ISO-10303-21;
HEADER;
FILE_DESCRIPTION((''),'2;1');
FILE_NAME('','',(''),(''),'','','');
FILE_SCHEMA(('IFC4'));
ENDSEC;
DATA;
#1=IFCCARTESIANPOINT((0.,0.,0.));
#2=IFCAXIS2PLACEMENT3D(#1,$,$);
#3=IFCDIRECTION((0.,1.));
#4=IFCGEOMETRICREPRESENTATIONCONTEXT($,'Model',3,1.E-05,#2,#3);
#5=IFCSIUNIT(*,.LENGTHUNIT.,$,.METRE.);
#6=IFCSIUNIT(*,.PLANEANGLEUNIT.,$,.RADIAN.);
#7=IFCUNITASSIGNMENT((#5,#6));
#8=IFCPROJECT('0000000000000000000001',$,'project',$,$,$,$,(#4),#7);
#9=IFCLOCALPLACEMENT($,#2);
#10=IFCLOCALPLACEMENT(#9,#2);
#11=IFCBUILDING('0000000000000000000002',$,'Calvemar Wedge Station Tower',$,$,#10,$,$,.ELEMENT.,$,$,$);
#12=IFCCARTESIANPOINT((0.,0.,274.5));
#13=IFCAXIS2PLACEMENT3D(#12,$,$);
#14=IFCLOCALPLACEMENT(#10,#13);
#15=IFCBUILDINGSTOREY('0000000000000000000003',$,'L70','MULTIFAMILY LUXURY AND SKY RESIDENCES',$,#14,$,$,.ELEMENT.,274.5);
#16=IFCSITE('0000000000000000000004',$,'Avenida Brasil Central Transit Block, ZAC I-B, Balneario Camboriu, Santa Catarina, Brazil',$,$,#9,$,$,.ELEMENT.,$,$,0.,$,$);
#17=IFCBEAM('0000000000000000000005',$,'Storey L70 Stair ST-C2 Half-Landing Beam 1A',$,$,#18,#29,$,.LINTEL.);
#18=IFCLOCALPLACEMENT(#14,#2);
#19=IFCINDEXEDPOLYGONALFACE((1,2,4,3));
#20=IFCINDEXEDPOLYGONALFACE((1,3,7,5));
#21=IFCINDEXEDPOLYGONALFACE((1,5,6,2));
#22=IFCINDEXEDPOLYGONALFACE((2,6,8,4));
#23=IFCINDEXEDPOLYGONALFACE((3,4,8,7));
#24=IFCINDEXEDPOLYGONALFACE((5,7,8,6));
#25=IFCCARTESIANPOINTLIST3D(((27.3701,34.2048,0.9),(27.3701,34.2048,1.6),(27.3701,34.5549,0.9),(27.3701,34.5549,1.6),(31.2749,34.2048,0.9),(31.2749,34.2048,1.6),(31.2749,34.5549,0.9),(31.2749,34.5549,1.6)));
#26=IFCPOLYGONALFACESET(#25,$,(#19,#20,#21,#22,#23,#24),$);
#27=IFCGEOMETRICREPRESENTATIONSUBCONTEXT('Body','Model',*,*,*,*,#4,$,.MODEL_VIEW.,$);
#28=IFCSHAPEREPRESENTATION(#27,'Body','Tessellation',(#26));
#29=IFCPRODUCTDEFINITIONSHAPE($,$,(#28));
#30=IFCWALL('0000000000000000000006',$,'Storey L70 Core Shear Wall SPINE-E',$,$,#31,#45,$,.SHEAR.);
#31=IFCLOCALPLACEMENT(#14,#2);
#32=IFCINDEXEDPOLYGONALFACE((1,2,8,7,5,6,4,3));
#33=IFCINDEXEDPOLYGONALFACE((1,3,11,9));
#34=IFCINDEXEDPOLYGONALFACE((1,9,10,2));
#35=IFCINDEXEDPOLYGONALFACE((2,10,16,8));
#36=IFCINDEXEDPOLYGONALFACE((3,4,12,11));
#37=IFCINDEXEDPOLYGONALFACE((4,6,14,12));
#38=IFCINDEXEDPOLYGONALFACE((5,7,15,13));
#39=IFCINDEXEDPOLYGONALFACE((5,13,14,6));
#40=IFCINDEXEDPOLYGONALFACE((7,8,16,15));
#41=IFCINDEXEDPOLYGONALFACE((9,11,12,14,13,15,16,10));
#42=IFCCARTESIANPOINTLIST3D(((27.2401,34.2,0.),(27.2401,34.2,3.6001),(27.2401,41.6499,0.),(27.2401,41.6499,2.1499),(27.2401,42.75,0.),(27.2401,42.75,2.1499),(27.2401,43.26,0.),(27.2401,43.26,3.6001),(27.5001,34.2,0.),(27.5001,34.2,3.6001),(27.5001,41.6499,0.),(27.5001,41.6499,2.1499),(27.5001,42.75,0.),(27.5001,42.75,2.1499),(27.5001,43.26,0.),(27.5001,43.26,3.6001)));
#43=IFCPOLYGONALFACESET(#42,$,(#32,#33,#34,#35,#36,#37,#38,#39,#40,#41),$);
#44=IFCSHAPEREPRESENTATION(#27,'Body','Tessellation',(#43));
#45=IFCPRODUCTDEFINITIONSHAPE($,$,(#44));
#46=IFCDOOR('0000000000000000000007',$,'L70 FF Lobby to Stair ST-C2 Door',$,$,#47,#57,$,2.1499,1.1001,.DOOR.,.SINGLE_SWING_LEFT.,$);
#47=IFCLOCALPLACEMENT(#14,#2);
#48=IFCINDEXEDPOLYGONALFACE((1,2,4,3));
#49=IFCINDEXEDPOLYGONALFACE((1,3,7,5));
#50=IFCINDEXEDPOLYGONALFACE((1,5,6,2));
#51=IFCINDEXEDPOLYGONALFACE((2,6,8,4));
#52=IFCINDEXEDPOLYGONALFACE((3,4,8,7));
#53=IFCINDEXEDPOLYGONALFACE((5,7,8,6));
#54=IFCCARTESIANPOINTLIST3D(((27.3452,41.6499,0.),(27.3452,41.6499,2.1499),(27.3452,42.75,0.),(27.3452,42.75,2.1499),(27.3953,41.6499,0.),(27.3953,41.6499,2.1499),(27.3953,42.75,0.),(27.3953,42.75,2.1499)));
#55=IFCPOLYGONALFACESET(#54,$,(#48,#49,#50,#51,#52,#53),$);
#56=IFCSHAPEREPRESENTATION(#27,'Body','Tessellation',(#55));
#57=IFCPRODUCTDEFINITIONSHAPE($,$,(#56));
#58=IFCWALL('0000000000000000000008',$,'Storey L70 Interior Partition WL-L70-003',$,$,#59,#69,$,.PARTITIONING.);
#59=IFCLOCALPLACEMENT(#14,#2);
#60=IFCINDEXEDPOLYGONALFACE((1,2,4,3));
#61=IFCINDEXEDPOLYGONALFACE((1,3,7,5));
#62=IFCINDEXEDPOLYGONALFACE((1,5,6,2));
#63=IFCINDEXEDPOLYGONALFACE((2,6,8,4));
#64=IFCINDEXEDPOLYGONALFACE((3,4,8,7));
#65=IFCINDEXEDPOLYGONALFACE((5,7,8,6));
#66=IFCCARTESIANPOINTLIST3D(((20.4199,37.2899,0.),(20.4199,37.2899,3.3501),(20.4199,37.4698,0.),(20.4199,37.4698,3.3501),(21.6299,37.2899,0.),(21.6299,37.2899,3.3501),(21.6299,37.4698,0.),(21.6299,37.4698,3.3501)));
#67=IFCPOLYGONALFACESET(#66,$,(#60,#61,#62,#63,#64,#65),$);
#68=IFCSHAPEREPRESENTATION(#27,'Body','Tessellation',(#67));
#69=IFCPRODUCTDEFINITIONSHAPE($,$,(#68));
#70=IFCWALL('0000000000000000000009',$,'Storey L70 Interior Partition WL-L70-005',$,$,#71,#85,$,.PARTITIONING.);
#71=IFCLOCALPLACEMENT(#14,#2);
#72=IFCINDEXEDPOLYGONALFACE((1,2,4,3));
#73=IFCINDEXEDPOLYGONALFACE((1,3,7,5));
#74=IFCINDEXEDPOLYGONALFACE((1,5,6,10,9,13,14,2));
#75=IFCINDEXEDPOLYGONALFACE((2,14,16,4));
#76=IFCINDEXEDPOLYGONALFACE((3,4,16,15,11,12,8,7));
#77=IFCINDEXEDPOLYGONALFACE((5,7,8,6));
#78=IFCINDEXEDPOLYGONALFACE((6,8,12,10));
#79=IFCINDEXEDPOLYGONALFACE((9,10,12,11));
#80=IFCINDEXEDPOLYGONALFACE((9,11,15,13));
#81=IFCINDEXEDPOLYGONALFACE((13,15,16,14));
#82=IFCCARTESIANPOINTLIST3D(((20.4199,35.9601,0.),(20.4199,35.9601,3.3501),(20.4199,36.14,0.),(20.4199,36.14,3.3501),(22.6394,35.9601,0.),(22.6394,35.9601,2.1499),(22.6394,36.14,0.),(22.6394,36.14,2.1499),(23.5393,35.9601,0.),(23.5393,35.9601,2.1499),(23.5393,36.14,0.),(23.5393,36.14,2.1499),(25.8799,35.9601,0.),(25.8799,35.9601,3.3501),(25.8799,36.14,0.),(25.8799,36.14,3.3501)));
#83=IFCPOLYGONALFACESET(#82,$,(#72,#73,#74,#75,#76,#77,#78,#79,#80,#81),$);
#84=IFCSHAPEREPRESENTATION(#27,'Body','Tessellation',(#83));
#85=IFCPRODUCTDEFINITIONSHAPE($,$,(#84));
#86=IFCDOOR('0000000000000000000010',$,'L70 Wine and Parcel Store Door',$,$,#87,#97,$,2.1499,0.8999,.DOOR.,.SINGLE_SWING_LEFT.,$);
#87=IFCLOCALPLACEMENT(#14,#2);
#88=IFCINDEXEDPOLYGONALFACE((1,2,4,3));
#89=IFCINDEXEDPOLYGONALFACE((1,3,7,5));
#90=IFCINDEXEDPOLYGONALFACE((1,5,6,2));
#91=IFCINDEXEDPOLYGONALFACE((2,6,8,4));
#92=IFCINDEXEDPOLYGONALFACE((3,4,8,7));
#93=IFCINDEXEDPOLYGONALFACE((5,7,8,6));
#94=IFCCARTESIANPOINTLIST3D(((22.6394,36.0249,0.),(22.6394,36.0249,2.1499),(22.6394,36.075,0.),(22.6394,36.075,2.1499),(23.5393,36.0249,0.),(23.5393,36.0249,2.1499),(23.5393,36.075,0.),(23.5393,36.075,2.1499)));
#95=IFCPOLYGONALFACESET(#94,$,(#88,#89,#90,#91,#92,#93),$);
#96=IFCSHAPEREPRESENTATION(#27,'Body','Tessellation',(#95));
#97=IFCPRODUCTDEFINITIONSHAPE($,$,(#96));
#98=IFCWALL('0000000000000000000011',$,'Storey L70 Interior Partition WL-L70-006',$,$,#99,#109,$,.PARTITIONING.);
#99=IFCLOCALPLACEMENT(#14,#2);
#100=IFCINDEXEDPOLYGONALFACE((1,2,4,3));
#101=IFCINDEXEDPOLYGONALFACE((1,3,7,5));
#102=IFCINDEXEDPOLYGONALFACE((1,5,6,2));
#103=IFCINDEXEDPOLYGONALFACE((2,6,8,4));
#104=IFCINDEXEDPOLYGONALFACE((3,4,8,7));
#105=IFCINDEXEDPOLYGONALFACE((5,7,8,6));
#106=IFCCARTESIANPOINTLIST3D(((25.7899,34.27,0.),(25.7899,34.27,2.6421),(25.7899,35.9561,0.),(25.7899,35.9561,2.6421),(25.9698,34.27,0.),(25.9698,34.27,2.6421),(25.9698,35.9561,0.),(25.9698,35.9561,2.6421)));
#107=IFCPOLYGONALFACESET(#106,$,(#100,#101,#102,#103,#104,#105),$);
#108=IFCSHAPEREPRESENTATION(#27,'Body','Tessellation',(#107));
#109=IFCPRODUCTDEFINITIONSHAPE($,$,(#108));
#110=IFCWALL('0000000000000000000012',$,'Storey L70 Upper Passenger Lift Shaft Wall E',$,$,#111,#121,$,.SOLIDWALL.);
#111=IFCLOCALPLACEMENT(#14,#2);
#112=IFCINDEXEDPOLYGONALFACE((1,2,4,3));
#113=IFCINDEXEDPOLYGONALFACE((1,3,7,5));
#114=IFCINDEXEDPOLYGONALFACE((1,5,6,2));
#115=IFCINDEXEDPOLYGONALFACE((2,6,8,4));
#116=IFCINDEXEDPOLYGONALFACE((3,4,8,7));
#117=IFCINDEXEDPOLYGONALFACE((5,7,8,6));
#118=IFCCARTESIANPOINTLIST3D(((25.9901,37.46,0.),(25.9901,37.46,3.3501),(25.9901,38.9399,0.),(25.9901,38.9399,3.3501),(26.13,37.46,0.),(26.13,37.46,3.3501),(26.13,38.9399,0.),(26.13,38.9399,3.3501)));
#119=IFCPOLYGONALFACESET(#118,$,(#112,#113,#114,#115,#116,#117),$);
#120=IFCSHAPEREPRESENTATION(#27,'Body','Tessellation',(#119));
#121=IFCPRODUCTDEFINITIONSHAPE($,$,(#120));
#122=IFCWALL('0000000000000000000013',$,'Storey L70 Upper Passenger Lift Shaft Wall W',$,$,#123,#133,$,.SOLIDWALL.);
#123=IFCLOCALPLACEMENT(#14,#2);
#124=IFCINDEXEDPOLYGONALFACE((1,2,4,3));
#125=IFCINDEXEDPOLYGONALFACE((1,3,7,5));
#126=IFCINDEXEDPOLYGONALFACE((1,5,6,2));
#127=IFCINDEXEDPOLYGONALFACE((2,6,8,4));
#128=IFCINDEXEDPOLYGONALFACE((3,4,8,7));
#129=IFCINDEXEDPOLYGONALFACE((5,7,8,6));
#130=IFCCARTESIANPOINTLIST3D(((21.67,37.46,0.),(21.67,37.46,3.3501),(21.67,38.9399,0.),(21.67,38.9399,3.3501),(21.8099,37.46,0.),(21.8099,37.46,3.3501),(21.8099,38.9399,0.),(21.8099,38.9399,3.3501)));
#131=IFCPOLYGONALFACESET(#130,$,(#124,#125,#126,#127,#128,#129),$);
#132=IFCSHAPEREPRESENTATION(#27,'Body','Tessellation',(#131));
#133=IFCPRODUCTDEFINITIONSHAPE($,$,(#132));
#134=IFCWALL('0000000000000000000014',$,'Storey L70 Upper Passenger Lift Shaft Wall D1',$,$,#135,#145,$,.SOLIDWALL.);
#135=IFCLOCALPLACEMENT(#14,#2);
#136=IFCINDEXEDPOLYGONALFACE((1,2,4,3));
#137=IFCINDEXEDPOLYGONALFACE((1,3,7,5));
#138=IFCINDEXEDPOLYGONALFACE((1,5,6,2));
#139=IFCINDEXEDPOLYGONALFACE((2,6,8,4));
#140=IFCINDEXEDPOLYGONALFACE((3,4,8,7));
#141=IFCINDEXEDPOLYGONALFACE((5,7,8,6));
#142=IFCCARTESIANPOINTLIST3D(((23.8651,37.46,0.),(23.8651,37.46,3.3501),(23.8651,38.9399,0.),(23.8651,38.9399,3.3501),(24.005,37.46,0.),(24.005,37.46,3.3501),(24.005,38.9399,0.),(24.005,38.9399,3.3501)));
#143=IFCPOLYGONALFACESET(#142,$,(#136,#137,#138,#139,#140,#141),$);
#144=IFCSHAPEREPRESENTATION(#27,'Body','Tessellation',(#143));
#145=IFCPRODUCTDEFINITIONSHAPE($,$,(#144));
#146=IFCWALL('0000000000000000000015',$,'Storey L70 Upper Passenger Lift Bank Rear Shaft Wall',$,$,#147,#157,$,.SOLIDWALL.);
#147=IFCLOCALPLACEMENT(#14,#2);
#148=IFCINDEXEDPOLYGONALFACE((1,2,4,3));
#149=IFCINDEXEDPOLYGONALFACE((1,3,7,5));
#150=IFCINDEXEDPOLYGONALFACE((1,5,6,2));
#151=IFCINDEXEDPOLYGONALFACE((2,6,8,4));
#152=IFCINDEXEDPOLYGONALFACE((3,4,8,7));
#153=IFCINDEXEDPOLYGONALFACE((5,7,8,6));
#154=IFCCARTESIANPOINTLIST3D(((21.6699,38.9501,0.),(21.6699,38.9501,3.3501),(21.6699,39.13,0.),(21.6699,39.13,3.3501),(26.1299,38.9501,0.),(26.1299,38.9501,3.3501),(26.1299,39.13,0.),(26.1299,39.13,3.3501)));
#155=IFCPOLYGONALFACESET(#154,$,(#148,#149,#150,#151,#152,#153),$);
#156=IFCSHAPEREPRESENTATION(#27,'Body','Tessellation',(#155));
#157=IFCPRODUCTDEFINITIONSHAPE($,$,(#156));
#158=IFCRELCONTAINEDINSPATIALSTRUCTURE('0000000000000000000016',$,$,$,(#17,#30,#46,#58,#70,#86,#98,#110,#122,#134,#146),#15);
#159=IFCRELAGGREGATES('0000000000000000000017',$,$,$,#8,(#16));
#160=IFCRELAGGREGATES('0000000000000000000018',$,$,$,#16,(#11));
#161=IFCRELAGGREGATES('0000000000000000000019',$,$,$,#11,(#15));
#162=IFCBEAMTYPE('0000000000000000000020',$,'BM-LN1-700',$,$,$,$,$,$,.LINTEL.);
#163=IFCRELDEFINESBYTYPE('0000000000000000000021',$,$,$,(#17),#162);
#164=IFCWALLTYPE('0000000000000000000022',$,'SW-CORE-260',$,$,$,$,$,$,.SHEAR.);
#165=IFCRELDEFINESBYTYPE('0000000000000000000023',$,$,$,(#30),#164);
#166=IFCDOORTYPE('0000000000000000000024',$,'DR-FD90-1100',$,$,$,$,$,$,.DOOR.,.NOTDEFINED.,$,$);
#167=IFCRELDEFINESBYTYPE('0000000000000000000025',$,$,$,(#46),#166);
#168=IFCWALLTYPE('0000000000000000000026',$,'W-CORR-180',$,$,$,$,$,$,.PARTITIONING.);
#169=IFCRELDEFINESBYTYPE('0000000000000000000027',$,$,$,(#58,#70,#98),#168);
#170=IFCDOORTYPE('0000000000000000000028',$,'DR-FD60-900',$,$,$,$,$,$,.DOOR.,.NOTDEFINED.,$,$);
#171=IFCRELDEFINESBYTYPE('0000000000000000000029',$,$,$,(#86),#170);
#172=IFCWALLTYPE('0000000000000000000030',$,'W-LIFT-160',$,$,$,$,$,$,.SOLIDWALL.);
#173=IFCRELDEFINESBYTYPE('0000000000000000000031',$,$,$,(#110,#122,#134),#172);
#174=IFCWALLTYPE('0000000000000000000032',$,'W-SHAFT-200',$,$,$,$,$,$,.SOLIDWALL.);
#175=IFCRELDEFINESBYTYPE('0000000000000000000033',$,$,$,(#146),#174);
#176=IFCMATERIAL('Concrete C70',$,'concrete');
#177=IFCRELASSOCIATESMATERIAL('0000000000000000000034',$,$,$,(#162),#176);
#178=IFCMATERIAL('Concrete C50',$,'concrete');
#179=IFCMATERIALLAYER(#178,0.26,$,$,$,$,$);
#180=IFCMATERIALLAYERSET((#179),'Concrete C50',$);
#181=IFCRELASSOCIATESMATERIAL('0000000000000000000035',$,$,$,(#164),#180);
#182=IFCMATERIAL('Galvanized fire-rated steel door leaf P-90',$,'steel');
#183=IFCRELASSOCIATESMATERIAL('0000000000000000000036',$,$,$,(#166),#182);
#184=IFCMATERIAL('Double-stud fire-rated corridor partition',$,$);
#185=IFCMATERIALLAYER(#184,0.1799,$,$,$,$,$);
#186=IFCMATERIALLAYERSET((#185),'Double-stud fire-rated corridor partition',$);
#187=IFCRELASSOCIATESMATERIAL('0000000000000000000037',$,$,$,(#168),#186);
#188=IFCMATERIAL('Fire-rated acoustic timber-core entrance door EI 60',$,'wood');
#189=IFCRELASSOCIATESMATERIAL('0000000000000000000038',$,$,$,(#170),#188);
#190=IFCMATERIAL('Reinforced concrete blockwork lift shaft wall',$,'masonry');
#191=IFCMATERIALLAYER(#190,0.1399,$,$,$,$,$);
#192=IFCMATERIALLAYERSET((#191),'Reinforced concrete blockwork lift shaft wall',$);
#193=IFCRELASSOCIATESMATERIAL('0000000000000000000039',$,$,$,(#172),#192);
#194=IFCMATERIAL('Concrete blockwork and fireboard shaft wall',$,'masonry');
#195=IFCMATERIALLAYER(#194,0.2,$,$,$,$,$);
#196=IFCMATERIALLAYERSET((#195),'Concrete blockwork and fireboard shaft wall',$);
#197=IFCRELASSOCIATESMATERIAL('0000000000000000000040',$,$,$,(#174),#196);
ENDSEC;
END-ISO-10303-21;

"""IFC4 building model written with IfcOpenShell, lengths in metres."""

from ifc_helpers import new_model, si_unit, direction, frame, frame_2d, origin, origin_2d, place, context, subcontext, project, spatial, rectangle, extrude, source, transform, mapped, material, layer, layer_set, material_profile, profile_set, type_object, element, fill, save


model = new_model("IFC4")

# Units and contexts
model_context = context("Model", 3, precision=1e-05, world=origin(), true_north=direction((0.0, 1.0)))
body_context = subcontext(model_context, "Body", "Model", "MODEL_VIEW")
ifc_project = project(units=[si_unit("LENGTHUNIT", "METRE"), si_unit("PLANEANGLEUNIT", "RADIAN")], contexts=[model_context])

# Site, building, storey
site_placement = place(None, origin())
site = spatial("IfcSite", under=ifc_project, at=site_placement, Name="Avenida Brasil Central Transit Block, ZAC I-B, Balneario Camboriu, Santa Catarina, Brazil", CompositionType="ELEMENT", RefElevation=0.0)
building_placement = place(site_placement, origin())
building = spatial("IfcBuilding", under=site, at=building_placement, Name="Calvemar Wedge Station Tower", CompositionType="ELEMENT")
storey_placement = place(building_placement, frame((0.0, 0.0, 274.5)))
storey = spatial("IfcBuildingStorey", under=building, at=storey_placement, Name="L70", Description="MULTIFAMILY LUXURY AND SKY RESIDENCES", CompositionType="ELEMENT", Elevation=274.5)

# Beam
ifc_material_1 = material(Name="Concrete C70", Category="concrete")
ifc_material_profile = material_profile(ifc_material_1, rectangle(XDim=0.3501, YDim=0.7, at=origin_2d()), Name="RC350x700")
ifc_profile_set = profile_set([ifc_material_profile], Name="Concrete C70")
beam_type = type_object("IfcBeamType", Name="BM-LN1-700", PredefinedType="LINTEL", material=ifc_profile_set)
shared_shape_1 = source(origin(), body_context, "Body", "SweptSolid", [
    extrude(rectangle(XDim=0.3501, YDim=0.7, at=origin_2d()), origin(), (0.0, 0.0, 1.0), 3.9048),
])
beam_placement = place(storey_placement, frame((27.3701, 34.3799, 1.25), z_axis=(1.0, 0.0, 0.0), x_axis=(0.0, 1.0, 0.0)))
element("IfcBeam", 1, at=beam_placement, inside=storey, type_object=beam_type, Name="Storey L70 Stair ST-C2 Half-Landing Beam 1A", PredefinedType="LINTEL", context=body_context, shape_type="MappedRepresentation", body=[
    mapped(shared_shape_1, transform((0.0, 0.0, 0.0), scale=1.0)),
])

# Wall, opening, door
ifc_material_2 = material(Name="Concrete C50", Category="concrete")
ifc_layer_1 = layer(ifc_material_2, 0.26)
ifc_layer_set_1 = layer_set([ifc_layer_1], Name="Concrete C50")
wall_type_1 = type_object("IfcWallType", Name="SW-CORE-260", PredefinedType="SHEAR", material=ifc_layer_set_1)
wall_1_placement = place(storey_placement, frame((27.3701, 34.2, 0.0), z_axis=(0.0, 0.0, 1.0), x_axis=(0.0, 1.0, 0.0)))
wall_1 = element("IfcWall", 2, at=wall_1_placement, inside=storey, type_object=wall_type_1, Name="Storey L70 Core Shear Wall SPINE-E", PredefinedType="SHEAR", context=body_context, shape_type="SweptSolid", body=[
    extrude(rectangle(XDim=9.0601, YDim=0.26, at=frame_2d((4.53, 0.0))), origin(), (0.0, 0.0, 1.0), 3.6001),
])
shared_shape_2 = source(origin(), body_context, "Body", "SweptSolid", [
    extrude(rectangle(XDim=1.1001, YDim=2.1499, at=frame_2d((0.55, 1.075))), frame((0.0, 0.1401, 0.0), z_axis=(0.0, -1.0, 0.0), x_axis=(1.0, 0.0, 0.0)), (0.0, 0.0, 1.0), 0.28),
])
opening_1_placement = place(wall_1_placement, frame((7.45, 0.0, 0.0)))
opening_1 = element("IfcOpeningElement", 3, at=opening_1_placement, cuts=wall_1, PredefinedType="OPENING", context=body_context, shape_type="MappedRepresentation", body=[
    mapped(shared_shape_2, transform((0.0, 0.0, 0.0), scale=1.0)),
])
ifc_material_3 = material(Name="Galvanized fire-rated steel door leaf P-90", Category="steel")
door_type_1 = type_object("IfcDoorType", Name="DR-FD90-1100", OperationType="NOTDEFINED", PredefinedType="DOOR", material=ifc_material_3)
shared_shape_3 = source(origin(), body_context, "Body", "SweptSolid", [
    extrude(rectangle(XDim=1.1001, YDim=2.1499, at=frame_2d((0.55, 1.075))), frame((0.0, 0.0249, 0.0), z_axis=(0.0, -1.0, 0.0), x_axis=(1.0, 0.0, 0.0)), (0.0, 0.0, 1.0), 0.05),
])
door_1_placement = place(opening_1_placement, origin())
door_1 = element("IfcDoor", 4, at=door_1_placement, inside=storey, type_object=door_type_1, Name="L70 FF Lobby to Stair ST-C2 Door", OperationType="SINGLE_SWING_LEFT", OverallHeight=2.1499, OverallWidth=1.1001, PredefinedType="DOOR", context=body_context, shape_type="MappedRepresentation", body=[
    mapped(shared_shape_3, transform((0.0, 0.0, 0.0), scale=1.0)),
])
fill(opening_1, door_1)

# Wall
ifc_material_4 = material(Name="Double-stud fire-rated corridor partition")
ifc_layer_2 = layer(ifc_material_4, 0.1799)
ifc_layer_set_2 = layer_set([ifc_layer_2], Name="Double-stud fire-rated corridor partition")
wall_type_2 = type_object("IfcWallType", Name="W-CORR-180", PredefinedType="PARTITIONING", material=ifc_layer_set_2)
wall_2_placement = place(storey_placement, frame((21.6299, 37.3799, 0.0), z_axis=(0.0, 0.0, 1.0), x_axis=(-1.0, 0.0, 0.0)))
element("IfcWall", 5, at=wall_2_placement, inside=storey, type_object=wall_type_2, Name="Storey L70 Interior Partition WL-L70-003", PredefinedType="PARTITIONING", context=body_context, shape_type="SweptSolid", body=[
    extrude(rectangle(XDim=1.21, YDim=0.1799, at=frame_2d((0.605, 0.0))), origin(), (0.0, 0.0, 1.0), 3.3501),
])

# Wall, opening, door
shared_shape_4 = source(origin(), body_context, "Body", "SweptSolid", [
    extrude(rectangle(XDim=0.8999, YDim=2.1499, at=frame_2d((0.45, 1.075))), frame((0.0, 0.1001, 0.0), z_axis=(0.0, -1.0, 0.0), x_axis=(1.0, 0.0, 0.0)), (0.0, 0.0, 1.0), 0.2),
])
ifc_material_5 = material(Name="Fire-rated acoustic timber-core entrance door EI 60", Category="wood")
door_type_2 = type_object("IfcDoorType", Name="DR-FD60-900", OperationType="NOTDEFINED", PredefinedType="DOOR", material=ifc_material_5)
shared_shape_5 = source(origin(), body_context, "Body", "SweptSolid", [
    extrude(rectangle(XDim=0.8999, YDim=2.1499, at=frame_2d((0.45, 1.075))), frame((0.0, 0.0249, 0.0), z_axis=(0.0, -1.0, 0.0), x_axis=(1.0, 0.0, 0.0)), (0.0, 0.0, 1.0), 0.05),
])
wall_3_placement = place(storey_placement, frame((20.4199, 36.05, 0.0), z_axis=(0.0, 0.0, 1.0), x_axis=(1.0, 0.0, 0.0)))
wall_3 = element("IfcWall", 6, at=wall_3_placement, inside=storey, type_object=wall_type_2, Name="Storey L70 Interior Partition WL-L70-005", PredefinedType="PARTITIONING", context=body_context, shape_type="SweptSolid", body=[
    extrude(rectangle(XDim=5.46, YDim=0.1799, at=frame_2d((2.73, 0.0))), origin(), (0.0, 0.0, 1.0), 3.3501),
])
opening_2_placement = place(wall_3_placement, frame((2.2195, 0.0, 0.0)))
opening_2 = element("IfcOpeningElement", 7, at=opening_2_placement, cuts=wall_3, PredefinedType="OPENING", context=body_context, shape_type="MappedRepresentation", body=[
    mapped(shared_shape_4, transform((0.0, 0.0, 0.0), scale=1.0)),
])
door_2_placement = place(opening_2_placement, origin())
door_2 = element("IfcDoor", 8, at=door_2_placement, inside=storey, type_object=door_type_2, Name="L70 Wine and Parcel Store Door", OperationType="SINGLE_SWING_LEFT", OverallHeight=2.1499, OverallWidth=0.8999, PredefinedType="DOOR", context=body_context, shape_type="MappedRepresentation", body=[
    mapped(shared_shape_5, transform((0.0, 0.0, 0.0), scale=1.0)),
])
fill(opening_2, door_2)

# Wall
wall_4_placement = place(storey_placement, frame((25.8799, 35.9561, 0.0), z_axis=(0.0, 0.0, 1.0), x_axis=(0.0, -1.0, 0.0)))
element("IfcWall", 9, at=wall_4_placement, inside=storey, type_object=wall_type_2, Name="Storey L70 Interior Partition WL-L70-006", PredefinedType="PARTITIONING", context=body_context, shape_type="SweptSolid", body=[
    extrude(rectangle(XDim=1.686, YDim=0.1799, at=frame_2d((0.843, 0.0))), origin(), (0.0, 0.0, 1.0), 2.6421),
])

# Shared definitions
ifc_material_6 = material(Name="Reinforced concrete blockwork lift shaft wall", Category="masonry")
ifc_layer_3 = layer(ifc_material_6, 0.1399)
ifc_layer_set_3 = layer_set([ifc_layer_3], Name="Reinforced concrete blockwork lift shaft wall")
wall_type_3 = type_object("IfcWallType", Name="W-LIFT-160", PredefinedType="SOLIDWALL", material=ifc_layer_set_3)

# Walls
for number, where, z_axis, x_axis, name in (
    (10, (26.0601, 37.46, 0.0), (0.0, 0.0, 1.0), (0.0, 1.0, 0.0), "Storey L70 Upper Passenger Lift Shaft Wall E"),
    (11, (21.74, 37.46, 0.0), (0.0, 0.0, 1.0), (0.0, 1.0, 0.0), "Storey L70 Upper Passenger Lift Shaft Wall W"),
    (12, (23.9351, 37.46, 0.0), (0.0, 0.0, 1.0), (0.0, 1.0, 0.0), "Storey L70 Upper Passenger Lift Shaft Wall D1"),
):
    element("IfcWall", number, at=place(storey_placement, frame(where, z_axis=z_axis, x_axis=x_axis)), inside=storey, type_object=wall_type_3, Name=name, PredefinedType="SOLIDWALL", context=body_context, shape_type="SweptSolid", body=[
        extrude(rectangle(XDim=1.48, YDim=0.1399, at=frame_2d((0.74, 0.0))), origin(), (0.0, 0.0, 1.0), 3.3501),
    ])
ifc_material_7 = material(Name="Concrete blockwork and fireboard shaft wall", Category="masonry")
ifc_layer_4 = layer(ifc_material_7, 0.2)
ifc_layer_set_4 = layer_set([ifc_layer_4], Name="Concrete blockwork and fireboard shaft wall")
wall_type_4 = type_object("IfcWallType", Name="W-SHAFT-200", PredefinedType="SOLIDWALL", material=ifc_layer_set_4)
wall_5_placement = place(storey_placement, frame((21.6699, 39.04, 0.0), z_axis=(0.0, 0.0, 1.0), x_axis=(1.0, 0.0, 0.0)))
element("IfcWall", 13, at=wall_5_placement, inside=storey, type_object=wall_type_4, Name="Storey L70 Upper Passenger Lift Bank Rear Shaft Wall", PredefinedType="SOLIDWALL", context=body_context, shape_type="SweptSolid", body=[
    extrude(rectangle(XDim=4.46, YDim=0.1799, at=frame_2d((2.23, 0.0))), origin(), (0.0, 0.0, 1.0), 3.3501),
])

save(model, "model.ifc")
